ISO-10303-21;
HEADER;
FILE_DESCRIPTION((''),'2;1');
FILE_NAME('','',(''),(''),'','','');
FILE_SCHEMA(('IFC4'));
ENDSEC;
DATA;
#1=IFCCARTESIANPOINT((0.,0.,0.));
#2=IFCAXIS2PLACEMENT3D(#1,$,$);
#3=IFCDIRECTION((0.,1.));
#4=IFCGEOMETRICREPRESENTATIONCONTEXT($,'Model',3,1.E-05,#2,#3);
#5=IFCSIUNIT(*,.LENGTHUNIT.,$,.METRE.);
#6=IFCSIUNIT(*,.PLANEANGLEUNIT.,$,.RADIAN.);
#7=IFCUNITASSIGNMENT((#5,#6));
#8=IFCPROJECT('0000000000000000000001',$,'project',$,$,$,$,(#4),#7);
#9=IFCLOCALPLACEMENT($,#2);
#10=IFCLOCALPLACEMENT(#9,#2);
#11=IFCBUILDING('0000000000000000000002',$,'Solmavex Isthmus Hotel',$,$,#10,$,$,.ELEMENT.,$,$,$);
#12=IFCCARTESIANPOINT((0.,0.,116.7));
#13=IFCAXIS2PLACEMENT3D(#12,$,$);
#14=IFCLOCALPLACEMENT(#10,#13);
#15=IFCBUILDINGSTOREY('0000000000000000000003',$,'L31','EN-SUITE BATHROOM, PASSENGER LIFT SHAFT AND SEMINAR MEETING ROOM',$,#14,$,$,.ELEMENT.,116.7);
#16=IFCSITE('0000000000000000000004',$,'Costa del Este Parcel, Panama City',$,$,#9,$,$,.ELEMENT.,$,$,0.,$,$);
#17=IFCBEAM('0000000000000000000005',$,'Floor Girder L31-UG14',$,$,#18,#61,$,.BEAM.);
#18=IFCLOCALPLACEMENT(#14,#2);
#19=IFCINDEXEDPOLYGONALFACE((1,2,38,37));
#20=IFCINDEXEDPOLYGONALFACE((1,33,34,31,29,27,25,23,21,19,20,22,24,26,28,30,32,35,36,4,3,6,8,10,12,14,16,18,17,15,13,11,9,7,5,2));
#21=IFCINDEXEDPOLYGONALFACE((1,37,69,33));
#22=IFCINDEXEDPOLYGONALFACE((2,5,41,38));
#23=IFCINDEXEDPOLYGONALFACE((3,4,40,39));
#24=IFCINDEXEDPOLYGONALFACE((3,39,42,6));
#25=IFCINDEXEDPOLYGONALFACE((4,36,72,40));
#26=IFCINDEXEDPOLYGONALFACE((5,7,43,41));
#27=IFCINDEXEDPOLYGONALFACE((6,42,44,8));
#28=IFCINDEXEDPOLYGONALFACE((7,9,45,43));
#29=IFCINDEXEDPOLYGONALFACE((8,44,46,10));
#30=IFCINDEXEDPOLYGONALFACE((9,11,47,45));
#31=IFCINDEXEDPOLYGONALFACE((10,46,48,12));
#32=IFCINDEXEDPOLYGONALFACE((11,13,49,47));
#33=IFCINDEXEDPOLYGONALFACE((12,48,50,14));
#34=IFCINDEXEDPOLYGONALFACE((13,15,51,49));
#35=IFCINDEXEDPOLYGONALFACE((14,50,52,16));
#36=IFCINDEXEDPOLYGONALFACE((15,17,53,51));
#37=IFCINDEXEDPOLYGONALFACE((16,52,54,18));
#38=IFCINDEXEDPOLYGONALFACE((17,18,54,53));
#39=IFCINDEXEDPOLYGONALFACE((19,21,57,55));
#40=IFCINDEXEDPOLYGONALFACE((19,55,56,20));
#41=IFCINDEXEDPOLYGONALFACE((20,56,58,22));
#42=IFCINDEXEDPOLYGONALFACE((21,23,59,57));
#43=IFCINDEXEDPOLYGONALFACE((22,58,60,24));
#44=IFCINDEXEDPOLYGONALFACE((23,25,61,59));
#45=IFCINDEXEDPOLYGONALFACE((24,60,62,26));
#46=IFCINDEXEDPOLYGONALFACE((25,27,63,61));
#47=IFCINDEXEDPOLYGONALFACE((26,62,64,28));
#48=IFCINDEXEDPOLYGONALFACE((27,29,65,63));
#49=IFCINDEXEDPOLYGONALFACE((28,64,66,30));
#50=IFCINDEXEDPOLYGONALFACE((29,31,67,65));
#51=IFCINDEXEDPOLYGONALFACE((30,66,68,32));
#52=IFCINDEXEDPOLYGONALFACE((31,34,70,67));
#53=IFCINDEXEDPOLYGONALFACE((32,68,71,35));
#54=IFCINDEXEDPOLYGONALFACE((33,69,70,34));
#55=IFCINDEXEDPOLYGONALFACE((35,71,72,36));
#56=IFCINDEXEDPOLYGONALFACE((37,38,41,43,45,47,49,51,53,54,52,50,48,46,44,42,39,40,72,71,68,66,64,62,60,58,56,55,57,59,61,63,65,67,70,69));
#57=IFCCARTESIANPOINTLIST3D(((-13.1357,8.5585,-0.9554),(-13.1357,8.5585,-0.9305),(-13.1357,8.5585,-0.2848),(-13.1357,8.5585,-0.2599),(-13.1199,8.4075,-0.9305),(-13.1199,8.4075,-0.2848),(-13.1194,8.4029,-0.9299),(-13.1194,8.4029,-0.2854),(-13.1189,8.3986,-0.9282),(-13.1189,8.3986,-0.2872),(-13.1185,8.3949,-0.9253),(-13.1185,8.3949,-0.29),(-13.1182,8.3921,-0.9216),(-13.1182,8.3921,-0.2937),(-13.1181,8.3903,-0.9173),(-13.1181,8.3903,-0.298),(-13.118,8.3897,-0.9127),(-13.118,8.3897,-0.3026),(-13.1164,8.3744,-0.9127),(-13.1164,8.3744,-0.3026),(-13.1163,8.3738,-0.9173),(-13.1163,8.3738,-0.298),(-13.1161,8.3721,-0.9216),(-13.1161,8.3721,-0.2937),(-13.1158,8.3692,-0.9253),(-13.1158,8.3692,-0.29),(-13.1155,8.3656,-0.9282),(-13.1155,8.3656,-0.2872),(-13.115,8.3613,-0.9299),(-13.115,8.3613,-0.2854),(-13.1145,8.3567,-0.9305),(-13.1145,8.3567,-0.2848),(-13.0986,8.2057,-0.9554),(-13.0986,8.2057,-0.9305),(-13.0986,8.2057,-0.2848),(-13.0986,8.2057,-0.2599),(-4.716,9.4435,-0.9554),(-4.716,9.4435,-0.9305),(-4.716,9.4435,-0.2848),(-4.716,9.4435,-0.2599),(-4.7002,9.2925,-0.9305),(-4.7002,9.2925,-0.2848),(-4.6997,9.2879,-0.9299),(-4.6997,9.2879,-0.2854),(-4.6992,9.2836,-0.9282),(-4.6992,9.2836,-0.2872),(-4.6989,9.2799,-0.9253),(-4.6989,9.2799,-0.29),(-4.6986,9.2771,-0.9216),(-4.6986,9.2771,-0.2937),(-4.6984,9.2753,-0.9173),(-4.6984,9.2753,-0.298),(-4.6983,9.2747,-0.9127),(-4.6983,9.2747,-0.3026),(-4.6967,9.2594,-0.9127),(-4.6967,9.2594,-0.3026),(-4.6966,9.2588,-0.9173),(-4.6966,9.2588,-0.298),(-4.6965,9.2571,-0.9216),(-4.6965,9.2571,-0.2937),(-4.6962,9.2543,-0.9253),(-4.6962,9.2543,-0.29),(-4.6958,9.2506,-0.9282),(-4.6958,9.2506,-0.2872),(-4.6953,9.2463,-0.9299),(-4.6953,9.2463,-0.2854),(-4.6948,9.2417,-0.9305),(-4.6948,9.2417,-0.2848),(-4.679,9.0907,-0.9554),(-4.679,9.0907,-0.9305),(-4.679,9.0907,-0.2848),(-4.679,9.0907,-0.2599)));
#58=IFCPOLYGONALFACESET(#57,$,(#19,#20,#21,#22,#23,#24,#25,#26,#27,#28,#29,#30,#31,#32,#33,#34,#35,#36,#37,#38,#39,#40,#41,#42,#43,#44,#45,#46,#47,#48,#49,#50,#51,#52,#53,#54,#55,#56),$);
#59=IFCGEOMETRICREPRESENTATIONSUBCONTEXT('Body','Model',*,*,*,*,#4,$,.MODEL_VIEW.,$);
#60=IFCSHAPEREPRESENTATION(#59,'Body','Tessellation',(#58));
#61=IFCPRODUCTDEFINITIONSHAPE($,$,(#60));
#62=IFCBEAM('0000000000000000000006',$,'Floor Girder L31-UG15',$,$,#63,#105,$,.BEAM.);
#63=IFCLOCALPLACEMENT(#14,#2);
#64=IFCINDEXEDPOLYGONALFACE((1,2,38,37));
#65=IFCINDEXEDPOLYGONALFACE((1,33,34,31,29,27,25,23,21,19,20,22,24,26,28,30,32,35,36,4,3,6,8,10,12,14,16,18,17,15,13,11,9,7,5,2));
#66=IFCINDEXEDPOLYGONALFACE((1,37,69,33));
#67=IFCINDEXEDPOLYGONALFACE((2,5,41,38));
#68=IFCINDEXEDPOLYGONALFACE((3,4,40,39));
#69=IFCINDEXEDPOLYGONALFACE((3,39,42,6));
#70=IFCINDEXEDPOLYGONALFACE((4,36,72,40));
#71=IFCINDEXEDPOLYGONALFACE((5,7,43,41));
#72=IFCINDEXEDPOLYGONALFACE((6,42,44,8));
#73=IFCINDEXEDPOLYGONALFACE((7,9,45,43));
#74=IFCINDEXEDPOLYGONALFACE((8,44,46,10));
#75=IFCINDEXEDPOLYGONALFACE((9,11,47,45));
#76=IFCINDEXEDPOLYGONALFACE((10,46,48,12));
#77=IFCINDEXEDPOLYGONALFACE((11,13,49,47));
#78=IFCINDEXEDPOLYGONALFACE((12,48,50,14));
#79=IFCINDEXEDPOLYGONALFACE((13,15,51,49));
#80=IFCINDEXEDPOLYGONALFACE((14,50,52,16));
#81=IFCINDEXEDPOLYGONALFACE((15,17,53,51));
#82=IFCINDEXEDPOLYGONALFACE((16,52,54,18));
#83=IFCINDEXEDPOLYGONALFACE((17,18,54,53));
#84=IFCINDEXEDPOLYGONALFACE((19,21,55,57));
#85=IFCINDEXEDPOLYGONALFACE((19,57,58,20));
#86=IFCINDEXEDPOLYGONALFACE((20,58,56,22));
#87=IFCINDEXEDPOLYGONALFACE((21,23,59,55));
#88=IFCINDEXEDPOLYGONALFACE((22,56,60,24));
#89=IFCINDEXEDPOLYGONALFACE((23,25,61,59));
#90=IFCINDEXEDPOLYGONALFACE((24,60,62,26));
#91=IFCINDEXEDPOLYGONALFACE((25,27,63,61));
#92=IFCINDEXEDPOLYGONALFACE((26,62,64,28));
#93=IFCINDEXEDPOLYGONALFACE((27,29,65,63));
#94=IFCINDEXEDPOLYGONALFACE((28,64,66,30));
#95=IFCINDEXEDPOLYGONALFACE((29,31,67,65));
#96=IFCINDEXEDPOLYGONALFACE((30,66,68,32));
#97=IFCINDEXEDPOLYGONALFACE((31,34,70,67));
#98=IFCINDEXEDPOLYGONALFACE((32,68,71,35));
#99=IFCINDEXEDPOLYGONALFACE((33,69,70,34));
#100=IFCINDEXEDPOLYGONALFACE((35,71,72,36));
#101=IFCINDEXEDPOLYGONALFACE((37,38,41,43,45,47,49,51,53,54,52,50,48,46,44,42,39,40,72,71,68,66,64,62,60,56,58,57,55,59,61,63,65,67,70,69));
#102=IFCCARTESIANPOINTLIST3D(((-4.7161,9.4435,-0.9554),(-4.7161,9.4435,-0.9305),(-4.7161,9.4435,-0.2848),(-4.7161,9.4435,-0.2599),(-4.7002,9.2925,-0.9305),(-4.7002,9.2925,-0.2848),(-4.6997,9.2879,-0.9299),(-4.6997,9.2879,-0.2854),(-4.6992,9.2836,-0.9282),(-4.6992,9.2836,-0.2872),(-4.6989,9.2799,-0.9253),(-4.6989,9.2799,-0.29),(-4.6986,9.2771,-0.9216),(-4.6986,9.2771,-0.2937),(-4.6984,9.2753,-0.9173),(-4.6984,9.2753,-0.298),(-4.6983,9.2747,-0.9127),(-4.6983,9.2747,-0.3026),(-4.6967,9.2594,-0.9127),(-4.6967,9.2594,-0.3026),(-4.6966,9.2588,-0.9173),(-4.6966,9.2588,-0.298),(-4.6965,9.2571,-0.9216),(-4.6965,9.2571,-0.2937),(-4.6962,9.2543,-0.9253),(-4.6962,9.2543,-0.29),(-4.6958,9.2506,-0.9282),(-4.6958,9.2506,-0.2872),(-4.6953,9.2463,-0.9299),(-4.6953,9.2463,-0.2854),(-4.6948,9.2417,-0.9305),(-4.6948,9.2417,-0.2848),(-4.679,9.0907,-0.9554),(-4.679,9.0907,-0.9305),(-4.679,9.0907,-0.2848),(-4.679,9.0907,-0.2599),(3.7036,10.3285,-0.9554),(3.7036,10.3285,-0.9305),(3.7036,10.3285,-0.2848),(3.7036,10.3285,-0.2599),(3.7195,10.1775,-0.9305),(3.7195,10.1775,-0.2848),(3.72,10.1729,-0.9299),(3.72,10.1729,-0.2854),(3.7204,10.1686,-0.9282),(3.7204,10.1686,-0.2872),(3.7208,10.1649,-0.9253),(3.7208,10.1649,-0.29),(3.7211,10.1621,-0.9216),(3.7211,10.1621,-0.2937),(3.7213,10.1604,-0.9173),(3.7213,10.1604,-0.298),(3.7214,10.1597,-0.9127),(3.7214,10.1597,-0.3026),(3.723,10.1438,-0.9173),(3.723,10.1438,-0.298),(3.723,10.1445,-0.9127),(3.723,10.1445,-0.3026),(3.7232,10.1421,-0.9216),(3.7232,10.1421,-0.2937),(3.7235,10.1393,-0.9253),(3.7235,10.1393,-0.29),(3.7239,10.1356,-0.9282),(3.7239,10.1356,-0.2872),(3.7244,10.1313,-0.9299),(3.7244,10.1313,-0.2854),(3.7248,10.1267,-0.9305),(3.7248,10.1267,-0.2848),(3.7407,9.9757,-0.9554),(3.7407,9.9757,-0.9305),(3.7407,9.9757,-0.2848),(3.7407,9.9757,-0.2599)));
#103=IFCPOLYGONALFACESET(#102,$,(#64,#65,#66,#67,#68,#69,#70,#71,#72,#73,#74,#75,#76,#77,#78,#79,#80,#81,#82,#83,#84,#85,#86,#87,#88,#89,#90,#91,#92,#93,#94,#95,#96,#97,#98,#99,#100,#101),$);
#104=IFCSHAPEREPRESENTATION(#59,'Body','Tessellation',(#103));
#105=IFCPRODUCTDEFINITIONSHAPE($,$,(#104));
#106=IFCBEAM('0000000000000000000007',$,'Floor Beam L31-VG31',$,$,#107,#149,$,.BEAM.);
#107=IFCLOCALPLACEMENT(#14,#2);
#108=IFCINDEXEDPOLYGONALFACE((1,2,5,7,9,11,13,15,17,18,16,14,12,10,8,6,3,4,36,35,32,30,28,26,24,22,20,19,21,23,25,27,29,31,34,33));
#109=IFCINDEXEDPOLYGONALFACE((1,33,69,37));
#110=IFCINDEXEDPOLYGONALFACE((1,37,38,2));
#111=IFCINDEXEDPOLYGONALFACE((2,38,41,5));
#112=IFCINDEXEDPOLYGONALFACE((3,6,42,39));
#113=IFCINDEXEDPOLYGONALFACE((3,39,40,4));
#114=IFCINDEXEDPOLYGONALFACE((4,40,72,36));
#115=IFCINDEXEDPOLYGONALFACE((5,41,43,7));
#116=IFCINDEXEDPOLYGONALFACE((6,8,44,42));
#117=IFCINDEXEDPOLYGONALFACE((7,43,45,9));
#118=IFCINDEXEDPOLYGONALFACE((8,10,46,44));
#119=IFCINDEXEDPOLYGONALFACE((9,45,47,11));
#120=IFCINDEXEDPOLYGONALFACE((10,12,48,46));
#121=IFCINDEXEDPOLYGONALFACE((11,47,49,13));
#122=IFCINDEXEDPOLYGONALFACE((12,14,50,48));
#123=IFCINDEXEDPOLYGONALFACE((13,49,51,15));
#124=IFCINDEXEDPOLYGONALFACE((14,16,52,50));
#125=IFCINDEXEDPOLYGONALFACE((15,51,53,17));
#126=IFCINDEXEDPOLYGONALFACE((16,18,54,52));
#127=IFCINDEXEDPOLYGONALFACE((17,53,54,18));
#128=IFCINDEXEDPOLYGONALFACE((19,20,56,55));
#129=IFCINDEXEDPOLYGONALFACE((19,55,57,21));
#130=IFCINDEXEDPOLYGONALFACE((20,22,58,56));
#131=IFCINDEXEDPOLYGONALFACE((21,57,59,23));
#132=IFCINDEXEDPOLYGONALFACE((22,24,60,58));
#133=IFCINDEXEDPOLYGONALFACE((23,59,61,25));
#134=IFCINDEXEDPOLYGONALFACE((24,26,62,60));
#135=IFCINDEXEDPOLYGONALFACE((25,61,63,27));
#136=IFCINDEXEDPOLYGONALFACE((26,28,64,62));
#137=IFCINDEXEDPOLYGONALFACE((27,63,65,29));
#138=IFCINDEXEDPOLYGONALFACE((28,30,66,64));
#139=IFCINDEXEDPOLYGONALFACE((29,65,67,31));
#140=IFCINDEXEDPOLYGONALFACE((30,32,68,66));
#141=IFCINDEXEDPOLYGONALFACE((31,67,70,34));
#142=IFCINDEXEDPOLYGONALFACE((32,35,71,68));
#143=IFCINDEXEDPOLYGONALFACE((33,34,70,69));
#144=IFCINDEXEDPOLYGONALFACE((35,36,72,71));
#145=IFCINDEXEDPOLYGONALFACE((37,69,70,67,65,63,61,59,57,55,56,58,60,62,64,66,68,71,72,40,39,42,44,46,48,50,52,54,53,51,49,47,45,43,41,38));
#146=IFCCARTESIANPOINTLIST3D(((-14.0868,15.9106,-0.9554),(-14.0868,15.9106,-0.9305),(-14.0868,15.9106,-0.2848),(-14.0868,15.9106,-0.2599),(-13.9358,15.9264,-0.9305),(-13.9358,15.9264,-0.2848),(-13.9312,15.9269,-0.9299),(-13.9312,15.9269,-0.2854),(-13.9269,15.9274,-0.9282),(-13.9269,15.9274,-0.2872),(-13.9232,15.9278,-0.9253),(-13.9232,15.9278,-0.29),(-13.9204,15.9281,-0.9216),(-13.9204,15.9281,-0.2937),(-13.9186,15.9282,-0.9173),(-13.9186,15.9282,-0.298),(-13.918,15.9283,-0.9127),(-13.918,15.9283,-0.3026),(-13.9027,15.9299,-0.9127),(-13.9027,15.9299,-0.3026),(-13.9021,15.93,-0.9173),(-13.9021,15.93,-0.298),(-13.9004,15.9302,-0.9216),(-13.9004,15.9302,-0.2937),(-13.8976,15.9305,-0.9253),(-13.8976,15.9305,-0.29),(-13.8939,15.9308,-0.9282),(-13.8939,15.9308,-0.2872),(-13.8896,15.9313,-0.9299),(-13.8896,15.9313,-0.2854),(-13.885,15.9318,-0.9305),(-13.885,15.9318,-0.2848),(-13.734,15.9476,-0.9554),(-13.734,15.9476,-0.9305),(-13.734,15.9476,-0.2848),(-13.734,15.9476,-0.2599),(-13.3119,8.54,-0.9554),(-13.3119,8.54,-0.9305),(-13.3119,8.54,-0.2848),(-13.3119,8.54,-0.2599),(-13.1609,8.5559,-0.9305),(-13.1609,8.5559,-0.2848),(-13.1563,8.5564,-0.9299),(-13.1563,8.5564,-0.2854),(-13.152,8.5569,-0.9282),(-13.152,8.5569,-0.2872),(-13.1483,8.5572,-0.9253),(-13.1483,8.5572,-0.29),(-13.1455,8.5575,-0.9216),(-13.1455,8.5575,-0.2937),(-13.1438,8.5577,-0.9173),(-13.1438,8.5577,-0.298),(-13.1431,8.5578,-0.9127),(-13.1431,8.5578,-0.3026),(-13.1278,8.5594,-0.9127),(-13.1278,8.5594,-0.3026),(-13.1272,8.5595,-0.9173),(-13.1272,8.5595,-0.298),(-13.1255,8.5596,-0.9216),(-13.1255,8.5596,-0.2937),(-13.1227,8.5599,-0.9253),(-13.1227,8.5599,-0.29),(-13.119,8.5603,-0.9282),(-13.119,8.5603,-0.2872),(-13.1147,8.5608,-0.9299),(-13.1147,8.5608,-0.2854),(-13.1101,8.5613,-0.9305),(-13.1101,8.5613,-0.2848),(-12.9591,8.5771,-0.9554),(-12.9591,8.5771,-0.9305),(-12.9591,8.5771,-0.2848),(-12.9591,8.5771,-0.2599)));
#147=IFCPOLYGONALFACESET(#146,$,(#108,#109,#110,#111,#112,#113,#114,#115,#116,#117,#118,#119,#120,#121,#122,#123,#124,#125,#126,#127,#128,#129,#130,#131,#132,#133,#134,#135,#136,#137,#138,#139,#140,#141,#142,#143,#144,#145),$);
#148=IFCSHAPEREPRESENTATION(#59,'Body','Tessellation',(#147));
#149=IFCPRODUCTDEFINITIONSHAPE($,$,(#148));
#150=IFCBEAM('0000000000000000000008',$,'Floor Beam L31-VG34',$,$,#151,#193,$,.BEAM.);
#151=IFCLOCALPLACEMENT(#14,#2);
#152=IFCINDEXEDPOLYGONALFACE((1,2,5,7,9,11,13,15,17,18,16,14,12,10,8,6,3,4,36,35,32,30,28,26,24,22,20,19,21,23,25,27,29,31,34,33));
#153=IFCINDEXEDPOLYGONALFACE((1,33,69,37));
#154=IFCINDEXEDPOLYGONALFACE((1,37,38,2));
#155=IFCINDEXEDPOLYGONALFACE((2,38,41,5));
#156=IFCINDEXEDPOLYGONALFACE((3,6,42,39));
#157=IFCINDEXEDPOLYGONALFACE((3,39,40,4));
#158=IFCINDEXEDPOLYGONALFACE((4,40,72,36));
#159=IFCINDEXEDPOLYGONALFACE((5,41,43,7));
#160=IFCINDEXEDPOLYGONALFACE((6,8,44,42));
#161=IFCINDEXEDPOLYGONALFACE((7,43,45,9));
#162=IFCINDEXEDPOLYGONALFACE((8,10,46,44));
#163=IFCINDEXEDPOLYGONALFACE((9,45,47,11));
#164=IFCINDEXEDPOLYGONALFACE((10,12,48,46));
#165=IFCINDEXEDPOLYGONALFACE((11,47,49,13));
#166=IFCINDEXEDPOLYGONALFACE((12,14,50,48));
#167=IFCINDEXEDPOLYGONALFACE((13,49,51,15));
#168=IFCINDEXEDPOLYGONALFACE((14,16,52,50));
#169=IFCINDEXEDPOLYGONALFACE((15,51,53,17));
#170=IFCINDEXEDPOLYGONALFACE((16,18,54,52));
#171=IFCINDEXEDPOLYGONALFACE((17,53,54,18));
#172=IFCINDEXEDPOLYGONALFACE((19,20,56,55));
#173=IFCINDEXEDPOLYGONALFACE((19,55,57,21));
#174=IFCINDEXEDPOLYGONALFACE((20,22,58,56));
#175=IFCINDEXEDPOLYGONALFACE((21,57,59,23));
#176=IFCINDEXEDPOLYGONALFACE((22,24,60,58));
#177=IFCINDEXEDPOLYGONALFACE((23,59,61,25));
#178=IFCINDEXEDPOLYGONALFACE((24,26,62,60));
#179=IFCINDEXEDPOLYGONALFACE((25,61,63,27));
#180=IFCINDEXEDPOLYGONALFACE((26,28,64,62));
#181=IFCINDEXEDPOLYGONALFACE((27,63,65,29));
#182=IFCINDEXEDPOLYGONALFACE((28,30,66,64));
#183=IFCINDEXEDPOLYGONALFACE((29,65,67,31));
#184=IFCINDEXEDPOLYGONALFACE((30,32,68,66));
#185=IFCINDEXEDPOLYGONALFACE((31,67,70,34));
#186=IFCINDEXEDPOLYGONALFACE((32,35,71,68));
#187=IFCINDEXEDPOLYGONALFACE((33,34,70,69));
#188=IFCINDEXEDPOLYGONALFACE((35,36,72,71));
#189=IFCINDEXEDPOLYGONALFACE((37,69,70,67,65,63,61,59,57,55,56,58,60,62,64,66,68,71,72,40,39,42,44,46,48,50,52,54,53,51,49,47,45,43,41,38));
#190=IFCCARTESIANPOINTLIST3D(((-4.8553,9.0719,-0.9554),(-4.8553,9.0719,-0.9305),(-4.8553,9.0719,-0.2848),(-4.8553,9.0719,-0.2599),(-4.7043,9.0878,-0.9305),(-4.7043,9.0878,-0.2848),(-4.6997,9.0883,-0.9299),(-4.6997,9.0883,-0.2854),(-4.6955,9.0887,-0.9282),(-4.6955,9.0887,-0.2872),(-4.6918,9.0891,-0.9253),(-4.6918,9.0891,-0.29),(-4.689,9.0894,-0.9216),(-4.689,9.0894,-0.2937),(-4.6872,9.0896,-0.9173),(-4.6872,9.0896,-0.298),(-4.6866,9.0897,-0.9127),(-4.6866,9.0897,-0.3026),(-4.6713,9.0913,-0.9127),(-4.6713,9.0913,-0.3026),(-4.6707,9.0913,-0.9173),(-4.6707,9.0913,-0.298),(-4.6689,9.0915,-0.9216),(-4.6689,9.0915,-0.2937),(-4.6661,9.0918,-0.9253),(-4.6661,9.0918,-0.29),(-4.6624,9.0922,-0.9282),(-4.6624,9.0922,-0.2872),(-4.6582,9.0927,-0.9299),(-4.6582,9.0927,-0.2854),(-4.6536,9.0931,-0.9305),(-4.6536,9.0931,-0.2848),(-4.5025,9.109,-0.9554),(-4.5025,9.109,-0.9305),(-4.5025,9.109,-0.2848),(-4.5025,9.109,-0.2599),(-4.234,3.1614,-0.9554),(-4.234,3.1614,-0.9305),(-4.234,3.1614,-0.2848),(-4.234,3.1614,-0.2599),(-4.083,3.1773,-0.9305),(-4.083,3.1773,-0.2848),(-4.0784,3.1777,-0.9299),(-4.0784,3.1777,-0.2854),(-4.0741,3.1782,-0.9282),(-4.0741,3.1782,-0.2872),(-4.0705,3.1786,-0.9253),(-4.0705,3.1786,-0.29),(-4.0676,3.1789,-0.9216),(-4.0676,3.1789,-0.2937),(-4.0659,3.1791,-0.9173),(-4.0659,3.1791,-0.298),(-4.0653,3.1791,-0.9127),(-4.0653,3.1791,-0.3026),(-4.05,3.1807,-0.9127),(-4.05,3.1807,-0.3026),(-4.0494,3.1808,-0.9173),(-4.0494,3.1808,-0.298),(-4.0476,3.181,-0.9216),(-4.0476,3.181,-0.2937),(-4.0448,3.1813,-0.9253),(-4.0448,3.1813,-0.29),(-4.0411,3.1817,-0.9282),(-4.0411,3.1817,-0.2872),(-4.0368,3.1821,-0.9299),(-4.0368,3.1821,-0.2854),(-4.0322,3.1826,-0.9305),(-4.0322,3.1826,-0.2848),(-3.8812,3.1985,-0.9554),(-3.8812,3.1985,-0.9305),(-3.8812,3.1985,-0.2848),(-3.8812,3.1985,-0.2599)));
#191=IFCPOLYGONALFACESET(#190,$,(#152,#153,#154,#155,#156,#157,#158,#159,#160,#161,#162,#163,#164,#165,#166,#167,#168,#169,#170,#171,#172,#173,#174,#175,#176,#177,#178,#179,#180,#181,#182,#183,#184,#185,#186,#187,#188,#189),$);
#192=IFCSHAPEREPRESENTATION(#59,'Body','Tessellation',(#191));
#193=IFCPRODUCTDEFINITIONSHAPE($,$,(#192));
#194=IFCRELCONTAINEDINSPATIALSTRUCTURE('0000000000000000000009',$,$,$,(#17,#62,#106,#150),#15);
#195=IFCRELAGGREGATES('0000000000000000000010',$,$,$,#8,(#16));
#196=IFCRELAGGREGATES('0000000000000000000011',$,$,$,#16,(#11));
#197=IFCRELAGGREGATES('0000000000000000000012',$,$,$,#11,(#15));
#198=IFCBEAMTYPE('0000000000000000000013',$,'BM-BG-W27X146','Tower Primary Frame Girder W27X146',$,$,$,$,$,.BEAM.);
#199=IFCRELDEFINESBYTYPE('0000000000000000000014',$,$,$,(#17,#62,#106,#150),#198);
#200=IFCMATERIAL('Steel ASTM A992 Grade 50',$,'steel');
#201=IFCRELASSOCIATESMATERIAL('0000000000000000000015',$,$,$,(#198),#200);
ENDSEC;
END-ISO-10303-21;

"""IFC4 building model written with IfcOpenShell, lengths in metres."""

from ifc_helpers import new_model, si_unit, direction, frame, origin, origin_2d, place, context, subcontext, project, spatial, i_section, extrude, material, material_profile, profile_set, type_object, element, save


model = new_model("IFC4")

# Units and contexts
model_context = context("Model", 3, precision=1e-05, world=origin(), true_north=direction((0.0, 1.0)))
body_context = subcontext(model_context, "Body", "Model", "MODEL_VIEW")
ifc_project = project(units=[si_unit("LENGTHUNIT", "METRE"), si_unit("PLANEANGLEUNIT", "RADIAN")], contexts=[model_context])

# Site, building, storey
site_placement = place(None, origin())
site = spatial("IfcSite", under=ifc_project, at=site_placement, Name="Costa del Este Parcel, Panama City", CompositionType="ELEMENT", RefElevation=0.0)
building_placement = place(site_placement, origin())
building = spatial("IfcBuilding", under=site, at=building_placement, Name="Solmavex Isthmus Hotel", CompositionType="ELEMENT")
storey_placement = place(building_placement, frame((0.0, 0.0, 116.7)))
storey = spatial("IfcBuildingStorey", under=building, at=storey_placement, Name="L31", Description="EN-SUITE BATHROOM, PASSENGER LIFT SHAFT AND SEMINAR MEETING ROOM", CompositionType="ELEMENT", Elevation=116.7)

# Beams
ifc_material_1 = material(Name="Steel ASTM A992 Grade 50", Category="steel")
ifc_material_profile_1 = material_profile(ifc_material_1, i_section(OverallWidth=0.3547, OverallDepth=0.6956, WebThickness=0.0154, FlangeThickness=0.0249, FilletRadius=0.0178, at=origin_2d()), Name="W27X146")
ifc_profile_set_1 = profile_set([ifc_material_profile_1], Name="Steel ASTM A992 Grade 50")
beam_type_1 = type_object("IfcBeamType", Name="BM-BG-W27X146", Description="Tower Primary Frame Girder W27X146", PredefinedType="BEAM", material=ifc_profile_set_1)
for number, where, z_axis, x_axis, name in (
    (1, (-13.1172, 8.3821, -0.6077), (0.994521, 0.104536, 0.0), (-0.104536, 0.994521, 0.0), "Floor Girder L31-UG14"),
    (2, (-4.6975, 9.2671, -0.6077), (0.994521, 0.104536, 0.0), (-0.104536, 0.994521, 0.0), "Floor Girder L31-UG15"),
):
    element("IfcBeam", number, at=place(storey_placement, frame(where, z_axis=z_axis, x_axis=x_axis)), inside=storey, type_object=beam_type_1, Name=name, PredefinedType="BEAM", context=body_context, shape_type="SweptSolid", body=[
        extrude(i_section(OverallWidth=0.3547, OverallDepth=0.6956, WebThickness=0.0154, FlangeThickness=0.0249, FilletRadius=0.0178, at=origin_2d()), origin(), (0.0, 0.0, 1.0), 8.4661),
    ])
beam_1_placement = place(storey_placement, frame((-13.1355, 8.5586, -0.6077), z_axis=(-0.104558, 0.994519, 0.0), x_axis=(-0.994519, -0.104558, 0.0)))
element("IfcBeam", 3, at=beam_1_placement, inside=storey, type_object=beam_type_1, Name="Floor Beam L31-VG31", PredefinedType="BEAM", context=body_context, shape_type="SweptSolid", body=[
    extrude(i_section(OverallWidth=0.3547, OverallDepth=0.6956, WebThickness=0.0154, FlangeThickness=0.0249, FilletRadius=0.0178, at=origin_2d()), origin(), (0.0, 0.0, 1.0), 7.4111),
])
beam_2_placement = place(storey_placement, frame((-4.0576, 3.1799, -0.6077), z_axis=(-0.104546, 0.99452, 0.0), x_axis=(-0.99452, -0.104546, 0.0)))
element("IfcBeam", 4, at=beam_2_placement, inside=storey, type_object=beam_type_1, Name="Floor Beam L31-VG34", PredefinedType="BEAM", context=body_context, shape_type="SweptSolid", body=[
    extrude(i_section(OverallWidth=0.3547, OverallDepth=0.6956, WebThickness=0.0154, FlangeThickness=0.0249, FilletRadius=0.0178, at=origin_2d()), origin(), (0.0, 0.0, 1.0), 5.9431),
])

save(model, "model.ifc")
